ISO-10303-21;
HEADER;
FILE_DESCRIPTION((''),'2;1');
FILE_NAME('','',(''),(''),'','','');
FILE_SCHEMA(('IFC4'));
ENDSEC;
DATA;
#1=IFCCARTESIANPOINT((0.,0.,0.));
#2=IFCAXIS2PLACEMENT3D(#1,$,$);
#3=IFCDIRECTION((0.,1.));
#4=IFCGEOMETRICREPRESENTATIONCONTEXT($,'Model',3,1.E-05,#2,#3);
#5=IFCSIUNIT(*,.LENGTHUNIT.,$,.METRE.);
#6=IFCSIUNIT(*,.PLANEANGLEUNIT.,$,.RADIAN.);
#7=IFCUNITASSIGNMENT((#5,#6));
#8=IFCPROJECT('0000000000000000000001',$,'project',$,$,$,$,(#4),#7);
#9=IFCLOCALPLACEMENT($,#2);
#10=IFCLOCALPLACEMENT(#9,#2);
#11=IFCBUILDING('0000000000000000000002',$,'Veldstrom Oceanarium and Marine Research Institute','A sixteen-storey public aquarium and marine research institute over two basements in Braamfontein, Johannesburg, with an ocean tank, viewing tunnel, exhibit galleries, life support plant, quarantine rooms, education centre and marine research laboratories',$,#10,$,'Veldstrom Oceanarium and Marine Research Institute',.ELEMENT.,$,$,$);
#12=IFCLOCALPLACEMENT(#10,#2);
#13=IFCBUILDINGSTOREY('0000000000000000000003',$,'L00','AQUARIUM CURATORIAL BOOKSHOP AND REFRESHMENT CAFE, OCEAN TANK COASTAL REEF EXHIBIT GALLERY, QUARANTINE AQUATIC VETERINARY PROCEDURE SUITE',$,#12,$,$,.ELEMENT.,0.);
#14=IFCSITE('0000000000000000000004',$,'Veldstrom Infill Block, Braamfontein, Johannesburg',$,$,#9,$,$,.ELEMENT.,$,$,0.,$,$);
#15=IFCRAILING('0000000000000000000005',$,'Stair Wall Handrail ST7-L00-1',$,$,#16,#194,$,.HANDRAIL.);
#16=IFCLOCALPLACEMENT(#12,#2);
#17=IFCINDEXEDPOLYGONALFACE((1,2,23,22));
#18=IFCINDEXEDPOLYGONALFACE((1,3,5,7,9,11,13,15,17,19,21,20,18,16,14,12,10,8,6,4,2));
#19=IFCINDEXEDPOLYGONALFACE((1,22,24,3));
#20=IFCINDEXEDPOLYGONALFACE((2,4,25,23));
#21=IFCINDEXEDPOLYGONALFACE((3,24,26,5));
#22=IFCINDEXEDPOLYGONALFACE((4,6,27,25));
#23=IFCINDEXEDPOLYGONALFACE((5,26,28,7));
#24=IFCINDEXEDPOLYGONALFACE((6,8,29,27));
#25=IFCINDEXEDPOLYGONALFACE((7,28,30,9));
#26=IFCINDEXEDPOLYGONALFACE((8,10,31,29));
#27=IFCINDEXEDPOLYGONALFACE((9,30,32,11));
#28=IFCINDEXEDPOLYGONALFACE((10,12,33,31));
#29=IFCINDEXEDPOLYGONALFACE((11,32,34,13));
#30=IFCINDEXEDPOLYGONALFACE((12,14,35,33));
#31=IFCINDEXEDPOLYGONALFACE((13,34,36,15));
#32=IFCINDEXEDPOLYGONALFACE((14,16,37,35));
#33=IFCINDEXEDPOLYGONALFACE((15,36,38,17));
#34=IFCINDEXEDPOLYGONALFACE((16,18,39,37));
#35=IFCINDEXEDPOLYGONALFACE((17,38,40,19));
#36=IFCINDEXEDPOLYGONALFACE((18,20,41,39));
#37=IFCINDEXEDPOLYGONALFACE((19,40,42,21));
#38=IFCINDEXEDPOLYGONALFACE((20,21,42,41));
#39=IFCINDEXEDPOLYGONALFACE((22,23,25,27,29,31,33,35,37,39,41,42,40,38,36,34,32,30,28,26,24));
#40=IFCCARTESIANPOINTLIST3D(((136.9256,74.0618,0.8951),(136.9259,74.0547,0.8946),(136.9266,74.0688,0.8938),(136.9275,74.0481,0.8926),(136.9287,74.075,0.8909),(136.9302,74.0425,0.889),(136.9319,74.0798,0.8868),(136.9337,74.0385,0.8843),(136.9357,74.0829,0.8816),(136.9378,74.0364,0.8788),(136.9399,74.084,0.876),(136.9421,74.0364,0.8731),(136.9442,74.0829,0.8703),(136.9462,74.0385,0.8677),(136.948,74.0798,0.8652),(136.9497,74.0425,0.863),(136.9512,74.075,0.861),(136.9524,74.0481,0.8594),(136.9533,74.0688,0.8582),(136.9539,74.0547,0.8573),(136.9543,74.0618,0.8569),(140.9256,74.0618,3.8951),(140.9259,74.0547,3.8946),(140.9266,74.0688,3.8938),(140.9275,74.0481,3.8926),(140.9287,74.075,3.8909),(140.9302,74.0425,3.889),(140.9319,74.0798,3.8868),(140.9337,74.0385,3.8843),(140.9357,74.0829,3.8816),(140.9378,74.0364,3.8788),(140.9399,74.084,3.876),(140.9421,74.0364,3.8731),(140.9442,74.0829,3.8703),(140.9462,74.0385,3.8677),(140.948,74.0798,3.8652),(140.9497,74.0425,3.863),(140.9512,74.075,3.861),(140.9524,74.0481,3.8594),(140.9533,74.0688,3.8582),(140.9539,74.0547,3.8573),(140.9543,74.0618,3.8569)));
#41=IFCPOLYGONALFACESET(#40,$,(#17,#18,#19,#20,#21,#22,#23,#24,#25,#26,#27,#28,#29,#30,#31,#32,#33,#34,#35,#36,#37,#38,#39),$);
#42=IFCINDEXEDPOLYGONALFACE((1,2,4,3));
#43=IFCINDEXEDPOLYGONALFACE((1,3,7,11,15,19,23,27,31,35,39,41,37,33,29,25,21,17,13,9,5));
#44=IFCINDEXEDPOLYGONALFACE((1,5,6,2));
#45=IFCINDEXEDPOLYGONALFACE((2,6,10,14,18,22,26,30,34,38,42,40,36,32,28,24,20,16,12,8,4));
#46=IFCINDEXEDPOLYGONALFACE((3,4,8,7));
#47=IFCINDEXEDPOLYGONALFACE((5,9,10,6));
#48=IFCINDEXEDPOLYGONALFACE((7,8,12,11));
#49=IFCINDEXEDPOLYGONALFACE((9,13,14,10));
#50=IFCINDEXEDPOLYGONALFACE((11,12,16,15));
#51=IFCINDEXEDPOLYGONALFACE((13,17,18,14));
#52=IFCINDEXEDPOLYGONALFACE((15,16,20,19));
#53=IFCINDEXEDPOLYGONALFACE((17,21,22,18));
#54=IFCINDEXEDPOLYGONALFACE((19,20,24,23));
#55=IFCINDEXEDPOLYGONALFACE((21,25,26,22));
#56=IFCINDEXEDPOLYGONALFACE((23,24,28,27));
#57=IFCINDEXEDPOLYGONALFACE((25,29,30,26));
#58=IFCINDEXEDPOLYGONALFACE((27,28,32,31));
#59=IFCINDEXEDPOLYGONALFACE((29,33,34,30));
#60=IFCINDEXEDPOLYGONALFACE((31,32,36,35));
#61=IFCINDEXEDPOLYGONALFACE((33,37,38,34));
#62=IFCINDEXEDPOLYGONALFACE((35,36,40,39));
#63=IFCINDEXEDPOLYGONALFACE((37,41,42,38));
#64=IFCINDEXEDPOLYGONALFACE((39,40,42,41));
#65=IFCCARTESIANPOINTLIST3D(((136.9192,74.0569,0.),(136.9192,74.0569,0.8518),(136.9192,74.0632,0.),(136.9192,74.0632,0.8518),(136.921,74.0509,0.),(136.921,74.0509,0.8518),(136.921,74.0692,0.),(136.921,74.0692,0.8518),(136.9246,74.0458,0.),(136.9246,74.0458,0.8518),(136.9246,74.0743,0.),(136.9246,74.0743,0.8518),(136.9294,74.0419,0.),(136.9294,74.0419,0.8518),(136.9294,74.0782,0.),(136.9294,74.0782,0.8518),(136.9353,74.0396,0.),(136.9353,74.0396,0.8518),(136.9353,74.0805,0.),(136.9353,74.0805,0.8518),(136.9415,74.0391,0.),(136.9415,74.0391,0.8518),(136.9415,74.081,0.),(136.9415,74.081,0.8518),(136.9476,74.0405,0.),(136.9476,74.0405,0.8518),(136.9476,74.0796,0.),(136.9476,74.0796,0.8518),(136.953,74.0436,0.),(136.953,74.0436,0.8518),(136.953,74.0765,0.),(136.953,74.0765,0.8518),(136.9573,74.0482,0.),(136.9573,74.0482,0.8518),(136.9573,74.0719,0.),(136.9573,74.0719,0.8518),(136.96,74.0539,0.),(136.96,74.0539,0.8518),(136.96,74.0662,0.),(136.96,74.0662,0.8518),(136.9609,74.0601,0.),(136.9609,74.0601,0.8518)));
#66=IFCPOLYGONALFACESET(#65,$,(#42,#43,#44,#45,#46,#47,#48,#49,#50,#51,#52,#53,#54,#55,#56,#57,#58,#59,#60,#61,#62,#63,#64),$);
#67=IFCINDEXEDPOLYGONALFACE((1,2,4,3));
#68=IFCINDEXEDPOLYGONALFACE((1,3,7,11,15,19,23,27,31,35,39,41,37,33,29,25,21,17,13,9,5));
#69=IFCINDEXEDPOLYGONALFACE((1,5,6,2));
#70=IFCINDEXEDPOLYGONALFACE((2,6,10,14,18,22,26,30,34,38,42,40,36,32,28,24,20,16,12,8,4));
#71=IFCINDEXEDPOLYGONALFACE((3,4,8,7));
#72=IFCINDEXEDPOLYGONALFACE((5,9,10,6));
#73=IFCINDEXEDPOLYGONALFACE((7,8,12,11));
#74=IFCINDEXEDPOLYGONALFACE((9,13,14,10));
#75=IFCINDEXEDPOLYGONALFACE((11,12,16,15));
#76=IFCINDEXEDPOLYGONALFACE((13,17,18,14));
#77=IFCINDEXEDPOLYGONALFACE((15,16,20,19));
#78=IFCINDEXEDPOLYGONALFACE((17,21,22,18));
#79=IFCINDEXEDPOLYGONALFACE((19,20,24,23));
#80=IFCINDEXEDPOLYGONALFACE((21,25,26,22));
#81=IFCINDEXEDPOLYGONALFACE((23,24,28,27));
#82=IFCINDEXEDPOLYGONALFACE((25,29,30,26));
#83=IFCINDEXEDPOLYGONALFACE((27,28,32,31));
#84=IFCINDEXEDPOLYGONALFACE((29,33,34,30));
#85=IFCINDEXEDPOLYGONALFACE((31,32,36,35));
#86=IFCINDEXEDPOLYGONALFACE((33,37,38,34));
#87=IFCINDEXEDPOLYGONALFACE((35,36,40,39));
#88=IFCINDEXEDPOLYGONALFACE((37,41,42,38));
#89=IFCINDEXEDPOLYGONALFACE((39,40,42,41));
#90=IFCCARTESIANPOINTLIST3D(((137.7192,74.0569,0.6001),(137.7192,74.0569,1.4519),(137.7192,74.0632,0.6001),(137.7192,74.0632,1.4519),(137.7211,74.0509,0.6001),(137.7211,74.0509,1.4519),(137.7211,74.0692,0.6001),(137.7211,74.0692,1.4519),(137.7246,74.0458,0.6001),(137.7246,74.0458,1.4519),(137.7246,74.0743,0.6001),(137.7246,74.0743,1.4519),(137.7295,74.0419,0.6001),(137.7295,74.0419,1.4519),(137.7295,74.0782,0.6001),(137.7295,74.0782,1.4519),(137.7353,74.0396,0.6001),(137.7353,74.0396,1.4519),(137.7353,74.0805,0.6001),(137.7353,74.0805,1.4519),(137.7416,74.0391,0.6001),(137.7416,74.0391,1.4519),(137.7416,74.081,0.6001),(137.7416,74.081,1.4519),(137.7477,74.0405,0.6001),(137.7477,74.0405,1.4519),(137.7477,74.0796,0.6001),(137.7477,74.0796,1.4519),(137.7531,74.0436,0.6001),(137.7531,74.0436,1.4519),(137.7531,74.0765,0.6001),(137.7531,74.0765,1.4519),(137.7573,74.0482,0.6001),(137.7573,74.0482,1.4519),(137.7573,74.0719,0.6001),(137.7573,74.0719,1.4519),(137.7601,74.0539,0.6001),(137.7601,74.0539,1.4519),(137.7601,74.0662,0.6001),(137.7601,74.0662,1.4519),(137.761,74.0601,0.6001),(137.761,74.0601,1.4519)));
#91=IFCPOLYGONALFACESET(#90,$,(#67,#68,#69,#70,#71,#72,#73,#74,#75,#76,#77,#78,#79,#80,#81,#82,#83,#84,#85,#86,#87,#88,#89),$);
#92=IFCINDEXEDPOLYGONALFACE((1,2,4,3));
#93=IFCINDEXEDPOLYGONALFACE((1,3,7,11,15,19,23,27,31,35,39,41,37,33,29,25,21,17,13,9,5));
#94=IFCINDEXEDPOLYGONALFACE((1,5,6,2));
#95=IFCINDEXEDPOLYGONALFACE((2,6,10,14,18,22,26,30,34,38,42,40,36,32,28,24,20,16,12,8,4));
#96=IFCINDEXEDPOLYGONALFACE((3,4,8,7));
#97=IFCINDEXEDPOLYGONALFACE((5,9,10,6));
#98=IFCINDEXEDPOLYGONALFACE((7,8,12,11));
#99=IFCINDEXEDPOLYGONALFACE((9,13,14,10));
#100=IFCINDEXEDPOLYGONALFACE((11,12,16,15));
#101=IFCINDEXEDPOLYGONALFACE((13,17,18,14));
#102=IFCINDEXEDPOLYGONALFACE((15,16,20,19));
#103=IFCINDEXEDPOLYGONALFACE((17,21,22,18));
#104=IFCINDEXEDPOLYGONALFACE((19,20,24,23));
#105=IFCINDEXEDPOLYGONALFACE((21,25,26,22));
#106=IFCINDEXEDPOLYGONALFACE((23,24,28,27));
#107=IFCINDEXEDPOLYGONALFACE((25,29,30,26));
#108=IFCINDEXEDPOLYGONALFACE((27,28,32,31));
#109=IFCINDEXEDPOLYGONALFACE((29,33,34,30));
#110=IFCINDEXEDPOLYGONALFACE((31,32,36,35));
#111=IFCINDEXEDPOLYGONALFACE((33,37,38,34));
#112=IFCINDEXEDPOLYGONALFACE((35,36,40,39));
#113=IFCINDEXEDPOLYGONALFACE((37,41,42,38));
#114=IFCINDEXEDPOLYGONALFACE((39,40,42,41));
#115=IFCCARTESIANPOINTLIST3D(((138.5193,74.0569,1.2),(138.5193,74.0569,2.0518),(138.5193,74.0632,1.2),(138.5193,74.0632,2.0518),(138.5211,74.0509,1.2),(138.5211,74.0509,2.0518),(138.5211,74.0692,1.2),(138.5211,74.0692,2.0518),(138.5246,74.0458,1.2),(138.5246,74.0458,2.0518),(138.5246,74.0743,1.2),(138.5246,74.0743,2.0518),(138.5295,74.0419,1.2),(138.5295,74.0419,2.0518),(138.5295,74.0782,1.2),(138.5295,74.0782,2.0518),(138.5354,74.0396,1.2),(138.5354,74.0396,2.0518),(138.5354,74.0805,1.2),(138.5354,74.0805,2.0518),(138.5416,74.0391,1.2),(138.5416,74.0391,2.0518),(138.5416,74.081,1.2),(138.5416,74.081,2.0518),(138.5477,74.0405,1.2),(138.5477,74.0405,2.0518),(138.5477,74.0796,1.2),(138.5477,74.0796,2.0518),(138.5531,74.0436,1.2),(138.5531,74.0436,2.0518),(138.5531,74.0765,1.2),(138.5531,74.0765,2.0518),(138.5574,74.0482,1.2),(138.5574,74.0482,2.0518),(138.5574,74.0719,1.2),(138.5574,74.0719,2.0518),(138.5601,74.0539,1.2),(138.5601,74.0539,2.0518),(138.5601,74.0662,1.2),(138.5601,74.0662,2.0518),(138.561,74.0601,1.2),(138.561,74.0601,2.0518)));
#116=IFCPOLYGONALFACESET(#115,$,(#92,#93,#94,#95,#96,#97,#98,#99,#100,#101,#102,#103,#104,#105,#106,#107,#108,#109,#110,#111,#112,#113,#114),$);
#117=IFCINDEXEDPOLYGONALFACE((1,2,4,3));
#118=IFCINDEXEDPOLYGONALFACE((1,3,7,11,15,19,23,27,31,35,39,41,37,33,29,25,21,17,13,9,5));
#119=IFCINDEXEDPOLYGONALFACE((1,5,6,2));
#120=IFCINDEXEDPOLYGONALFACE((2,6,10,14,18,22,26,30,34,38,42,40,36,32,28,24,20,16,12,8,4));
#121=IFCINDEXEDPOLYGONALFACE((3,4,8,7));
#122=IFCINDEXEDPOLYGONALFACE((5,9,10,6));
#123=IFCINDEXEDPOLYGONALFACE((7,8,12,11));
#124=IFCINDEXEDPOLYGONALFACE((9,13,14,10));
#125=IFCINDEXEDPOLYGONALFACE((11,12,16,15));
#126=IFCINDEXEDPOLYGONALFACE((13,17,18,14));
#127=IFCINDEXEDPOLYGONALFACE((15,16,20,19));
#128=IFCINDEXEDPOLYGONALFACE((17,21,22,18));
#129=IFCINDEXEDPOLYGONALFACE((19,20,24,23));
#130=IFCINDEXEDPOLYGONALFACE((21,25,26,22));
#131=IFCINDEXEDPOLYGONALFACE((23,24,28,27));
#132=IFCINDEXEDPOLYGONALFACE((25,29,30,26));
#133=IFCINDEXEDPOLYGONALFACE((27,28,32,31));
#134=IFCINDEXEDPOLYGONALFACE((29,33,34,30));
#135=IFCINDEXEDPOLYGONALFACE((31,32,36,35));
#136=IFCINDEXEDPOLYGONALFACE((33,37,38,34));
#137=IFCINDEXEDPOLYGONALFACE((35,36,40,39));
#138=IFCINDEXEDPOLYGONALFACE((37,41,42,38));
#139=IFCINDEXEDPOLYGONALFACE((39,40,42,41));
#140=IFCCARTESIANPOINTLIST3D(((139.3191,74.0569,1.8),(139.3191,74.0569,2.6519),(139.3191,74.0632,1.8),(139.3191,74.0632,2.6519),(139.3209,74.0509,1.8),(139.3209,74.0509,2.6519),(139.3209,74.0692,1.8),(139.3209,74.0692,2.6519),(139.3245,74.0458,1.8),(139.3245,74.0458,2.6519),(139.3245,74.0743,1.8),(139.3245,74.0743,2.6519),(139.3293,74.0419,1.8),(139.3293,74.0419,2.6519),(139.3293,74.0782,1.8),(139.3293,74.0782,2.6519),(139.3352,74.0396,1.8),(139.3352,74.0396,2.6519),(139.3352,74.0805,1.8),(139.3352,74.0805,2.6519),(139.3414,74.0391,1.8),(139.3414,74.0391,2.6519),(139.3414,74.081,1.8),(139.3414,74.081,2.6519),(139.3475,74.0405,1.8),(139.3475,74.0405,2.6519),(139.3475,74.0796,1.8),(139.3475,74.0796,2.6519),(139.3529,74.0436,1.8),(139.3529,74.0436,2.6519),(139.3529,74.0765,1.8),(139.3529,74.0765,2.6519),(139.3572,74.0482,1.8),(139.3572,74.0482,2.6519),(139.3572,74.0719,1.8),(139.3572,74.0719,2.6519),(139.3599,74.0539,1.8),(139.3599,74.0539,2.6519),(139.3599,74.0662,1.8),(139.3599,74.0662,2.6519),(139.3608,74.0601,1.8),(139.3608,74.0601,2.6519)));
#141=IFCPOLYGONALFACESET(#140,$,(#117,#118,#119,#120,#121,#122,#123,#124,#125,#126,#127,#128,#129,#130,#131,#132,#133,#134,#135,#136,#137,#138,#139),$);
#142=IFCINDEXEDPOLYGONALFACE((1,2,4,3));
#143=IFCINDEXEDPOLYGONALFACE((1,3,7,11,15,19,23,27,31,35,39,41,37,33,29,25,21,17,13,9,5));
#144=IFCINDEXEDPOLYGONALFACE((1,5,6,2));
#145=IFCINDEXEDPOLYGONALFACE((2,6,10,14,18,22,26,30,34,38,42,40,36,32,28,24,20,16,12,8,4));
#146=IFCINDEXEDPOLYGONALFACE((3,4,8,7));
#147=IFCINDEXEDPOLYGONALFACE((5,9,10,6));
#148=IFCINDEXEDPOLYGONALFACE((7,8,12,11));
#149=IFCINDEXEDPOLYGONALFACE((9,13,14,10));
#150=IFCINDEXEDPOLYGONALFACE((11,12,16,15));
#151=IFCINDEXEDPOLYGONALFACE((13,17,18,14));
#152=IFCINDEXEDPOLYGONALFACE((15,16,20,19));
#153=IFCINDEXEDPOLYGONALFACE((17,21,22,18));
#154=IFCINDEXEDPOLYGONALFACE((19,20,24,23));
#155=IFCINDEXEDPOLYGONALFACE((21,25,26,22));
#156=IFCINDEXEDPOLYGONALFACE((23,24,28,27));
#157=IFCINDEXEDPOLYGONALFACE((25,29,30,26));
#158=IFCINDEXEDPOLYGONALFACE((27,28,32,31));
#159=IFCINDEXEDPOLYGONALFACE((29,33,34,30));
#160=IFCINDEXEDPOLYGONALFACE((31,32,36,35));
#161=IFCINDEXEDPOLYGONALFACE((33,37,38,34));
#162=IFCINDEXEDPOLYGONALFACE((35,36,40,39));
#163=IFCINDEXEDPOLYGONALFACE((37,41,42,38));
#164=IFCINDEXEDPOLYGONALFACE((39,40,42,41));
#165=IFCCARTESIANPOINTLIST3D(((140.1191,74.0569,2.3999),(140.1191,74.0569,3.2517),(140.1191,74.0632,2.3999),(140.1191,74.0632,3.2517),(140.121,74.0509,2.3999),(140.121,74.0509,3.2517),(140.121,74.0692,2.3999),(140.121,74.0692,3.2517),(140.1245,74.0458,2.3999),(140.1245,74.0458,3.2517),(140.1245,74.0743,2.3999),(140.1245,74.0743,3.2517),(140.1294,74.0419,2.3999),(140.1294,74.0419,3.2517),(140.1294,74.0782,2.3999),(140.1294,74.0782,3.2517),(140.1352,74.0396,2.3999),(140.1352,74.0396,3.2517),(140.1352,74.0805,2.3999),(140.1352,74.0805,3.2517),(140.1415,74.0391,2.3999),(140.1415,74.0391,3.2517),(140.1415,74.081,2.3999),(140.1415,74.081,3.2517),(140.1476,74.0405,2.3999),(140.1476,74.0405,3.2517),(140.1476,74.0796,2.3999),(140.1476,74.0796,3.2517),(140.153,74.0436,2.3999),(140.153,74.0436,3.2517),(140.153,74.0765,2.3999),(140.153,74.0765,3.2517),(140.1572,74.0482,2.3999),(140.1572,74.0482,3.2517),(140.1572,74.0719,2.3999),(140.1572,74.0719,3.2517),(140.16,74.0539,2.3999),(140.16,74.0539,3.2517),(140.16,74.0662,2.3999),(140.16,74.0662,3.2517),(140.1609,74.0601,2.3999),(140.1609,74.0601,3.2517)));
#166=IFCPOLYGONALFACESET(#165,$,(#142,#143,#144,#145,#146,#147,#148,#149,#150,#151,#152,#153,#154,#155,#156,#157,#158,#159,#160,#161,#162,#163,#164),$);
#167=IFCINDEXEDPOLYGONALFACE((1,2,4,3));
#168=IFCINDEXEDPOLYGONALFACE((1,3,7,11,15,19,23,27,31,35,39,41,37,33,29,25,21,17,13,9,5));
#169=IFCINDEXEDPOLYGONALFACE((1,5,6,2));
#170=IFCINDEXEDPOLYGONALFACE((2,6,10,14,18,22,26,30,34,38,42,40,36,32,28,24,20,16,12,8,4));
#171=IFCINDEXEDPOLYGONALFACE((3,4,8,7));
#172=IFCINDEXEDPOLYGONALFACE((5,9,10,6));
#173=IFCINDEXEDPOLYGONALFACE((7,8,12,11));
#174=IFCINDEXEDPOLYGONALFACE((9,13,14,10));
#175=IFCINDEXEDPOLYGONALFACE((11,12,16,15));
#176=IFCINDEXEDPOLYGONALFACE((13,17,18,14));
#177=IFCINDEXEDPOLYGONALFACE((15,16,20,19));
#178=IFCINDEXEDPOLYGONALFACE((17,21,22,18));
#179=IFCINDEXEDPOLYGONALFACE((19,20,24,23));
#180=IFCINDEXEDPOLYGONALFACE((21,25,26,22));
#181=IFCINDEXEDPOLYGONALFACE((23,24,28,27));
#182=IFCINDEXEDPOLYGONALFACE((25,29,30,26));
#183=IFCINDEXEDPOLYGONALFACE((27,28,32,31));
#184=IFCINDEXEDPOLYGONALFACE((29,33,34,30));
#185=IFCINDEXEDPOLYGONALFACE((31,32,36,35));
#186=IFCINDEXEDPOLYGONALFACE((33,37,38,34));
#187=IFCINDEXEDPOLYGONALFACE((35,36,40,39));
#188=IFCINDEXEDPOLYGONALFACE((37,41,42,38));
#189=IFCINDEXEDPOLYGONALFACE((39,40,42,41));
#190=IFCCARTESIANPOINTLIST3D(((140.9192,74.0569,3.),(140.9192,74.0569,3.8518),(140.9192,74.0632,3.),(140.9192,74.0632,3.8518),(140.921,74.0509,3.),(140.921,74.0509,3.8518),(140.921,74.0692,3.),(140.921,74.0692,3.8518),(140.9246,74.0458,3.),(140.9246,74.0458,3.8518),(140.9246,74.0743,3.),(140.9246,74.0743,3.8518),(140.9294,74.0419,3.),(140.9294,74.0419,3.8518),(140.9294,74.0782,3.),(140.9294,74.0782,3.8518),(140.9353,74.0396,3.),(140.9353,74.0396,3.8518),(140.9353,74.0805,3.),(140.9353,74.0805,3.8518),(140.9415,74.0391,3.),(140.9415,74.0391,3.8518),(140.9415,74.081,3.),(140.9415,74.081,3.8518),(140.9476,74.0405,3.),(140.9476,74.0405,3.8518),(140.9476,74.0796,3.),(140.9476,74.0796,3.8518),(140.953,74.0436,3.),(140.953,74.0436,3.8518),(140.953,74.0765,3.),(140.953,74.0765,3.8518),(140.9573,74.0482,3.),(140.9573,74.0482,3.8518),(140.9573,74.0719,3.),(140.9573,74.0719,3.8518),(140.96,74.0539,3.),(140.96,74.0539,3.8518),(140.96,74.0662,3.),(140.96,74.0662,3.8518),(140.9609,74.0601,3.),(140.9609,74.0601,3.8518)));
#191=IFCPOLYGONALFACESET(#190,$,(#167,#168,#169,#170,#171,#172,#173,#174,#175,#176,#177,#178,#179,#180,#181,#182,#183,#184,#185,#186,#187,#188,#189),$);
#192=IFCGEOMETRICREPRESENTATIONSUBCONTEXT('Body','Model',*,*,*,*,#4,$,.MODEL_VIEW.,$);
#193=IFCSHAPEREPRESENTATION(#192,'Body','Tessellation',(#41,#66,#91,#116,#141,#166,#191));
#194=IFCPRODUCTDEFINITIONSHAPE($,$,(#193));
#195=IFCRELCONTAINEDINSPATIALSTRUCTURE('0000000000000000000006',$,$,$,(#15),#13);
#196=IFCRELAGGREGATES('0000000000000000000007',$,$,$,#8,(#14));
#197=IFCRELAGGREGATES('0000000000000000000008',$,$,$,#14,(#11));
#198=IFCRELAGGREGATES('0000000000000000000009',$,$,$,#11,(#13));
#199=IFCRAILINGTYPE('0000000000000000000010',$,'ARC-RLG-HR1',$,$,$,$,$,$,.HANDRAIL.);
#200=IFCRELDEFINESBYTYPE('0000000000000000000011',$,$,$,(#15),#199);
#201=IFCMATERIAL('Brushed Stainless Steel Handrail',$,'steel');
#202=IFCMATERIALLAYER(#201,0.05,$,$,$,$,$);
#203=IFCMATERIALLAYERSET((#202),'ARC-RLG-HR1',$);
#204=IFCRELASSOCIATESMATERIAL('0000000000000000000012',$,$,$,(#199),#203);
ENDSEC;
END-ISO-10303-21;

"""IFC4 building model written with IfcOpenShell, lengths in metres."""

from ifc_helpers import new_model, si_unit, direction, frame, origin, origin_2d, place, context, subcontext, project, spatial, circle, extrude, material, layer, layer_set, type_object, element, save


model = new_model("IFC4")

# Units and contexts
model_context = context("Model", 3, precision=1e-05, world=origin(), true_north=direction((0.0, 1.0)))
body_context = subcontext(model_context, "Body", "Model", "MODEL_VIEW")
ifc_project = project(units=[si_unit("LENGTHUNIT", "METRE"), si_unit("PLANEANGLEUNIT", "RADIAN")], contexts=[model_context])

# Site, building, storey
site_placement = place(None, origin())
site = spatial("IfcSite", under=ifc_project, at=site_placement, Name="Veldstrom Infill Block, Braamfontein, Johannesburg", CompositionType="ELEMENT", RefElevation=0.0)
building_placement = place(site_placement, origin())
building = spatial("IfcBuilding", under=site, at=building_placement, Name="Veldstrom Oceanarium and Marine Research Institute", Description="A sixteen-storey public aquarium and marine research institute over two basements in Braamfontein, Johannesburg, with an ocean tank, viewing tunnel, exhibit galleries, life support plant, quarantine rooms, education centre and marine research laboratories", LongName="Veldstrom Oceanarium and Marine Research Institute", CompositionType="ELEMENT")
storey_placement = place(building_placement, origin())
storey = spatial("IfcBuildingStorey", under=building, at=storey_placement, Name="L00", Description="AQUARIUM CURATORIAL BOOKSHOP AND REFRESHMENT CAFE, OCEAN TANK COASTAL REEF EXHIBIT GALLERY, QUARANTINE AQUATIC VETERINARY PROCEDURE SUITE", CompositionType="ELEMENT", Elevation=0.0)

# Railing
ifc_material_1 = material(Name="Brushed Stainless Steel Handrail", Category="steel")
ifc_layer_1 = layer(ifc_material_1, 0.05)
ifc_layer_set_1 = layer_set([ifc_layer_1], Name="ARC-RLG-HR1")
railing_type_1 = type_object("IfcRailingType", Name="ARC-RLG-HR1", PredefinedType="HANDRAIL", material=ifc_layer_set_1)
railing_1_placement = place(storey_placement, frame((136.9399, 74.0601, 0.0)))
element("IfcRailing", 1, at=railing_1_placement, inside=storey, type_object=railing_type_1, Name="Stair Wall Handrail ST7-L00-1", PredefinedType="HANDRAIL", context=body_context, shape_type="SweptSolid", body=[
    extrude(circle(Radius=0.0239, at=origin_2d()), frame((0.0, 0.0, 0.876), z_axis=(0.8, 0.0, 0.6), x_axis=(0.0, 1.0, 0.0)), (0.0, 0.0, 1.0), 5.0),
    extrude(circle(Radius=0.021, at=origin_2d()), origin(), (0.0, 0.0, 1.0), 0.8518),
    extrude(circle(Radius=0.021, at=origin_2d()), frame((0.8, 0.0, 0.6001)), (0.0, 0.0, 1.0), 0.8518),
    extrude(circle(Radius=0.021, at=origin_2d()), frame((1.6001, 0.0, 1.2)), (0.0, 0.0, 1.0), 0.8518),
    extrude(circle(Radius=0.021, at=origin_2d()), frame((2.3999, 0.0, 1.8)), (0.0, 0.0, 1.0), 0.8518),
    extrude(circle(Radius=0.021, at=origin_2d()), frame((3.2, 0.0, 2.3999)), (0.0, 0.0, 1.0), 0.8518),
    extrude(circle(Radius=0.021, at=origin_2d()), frame((4.0, 0.0, 3.0)), (0.0, 0.0, 1.0), 0.8518),
])

save(model, "model.ifc")
